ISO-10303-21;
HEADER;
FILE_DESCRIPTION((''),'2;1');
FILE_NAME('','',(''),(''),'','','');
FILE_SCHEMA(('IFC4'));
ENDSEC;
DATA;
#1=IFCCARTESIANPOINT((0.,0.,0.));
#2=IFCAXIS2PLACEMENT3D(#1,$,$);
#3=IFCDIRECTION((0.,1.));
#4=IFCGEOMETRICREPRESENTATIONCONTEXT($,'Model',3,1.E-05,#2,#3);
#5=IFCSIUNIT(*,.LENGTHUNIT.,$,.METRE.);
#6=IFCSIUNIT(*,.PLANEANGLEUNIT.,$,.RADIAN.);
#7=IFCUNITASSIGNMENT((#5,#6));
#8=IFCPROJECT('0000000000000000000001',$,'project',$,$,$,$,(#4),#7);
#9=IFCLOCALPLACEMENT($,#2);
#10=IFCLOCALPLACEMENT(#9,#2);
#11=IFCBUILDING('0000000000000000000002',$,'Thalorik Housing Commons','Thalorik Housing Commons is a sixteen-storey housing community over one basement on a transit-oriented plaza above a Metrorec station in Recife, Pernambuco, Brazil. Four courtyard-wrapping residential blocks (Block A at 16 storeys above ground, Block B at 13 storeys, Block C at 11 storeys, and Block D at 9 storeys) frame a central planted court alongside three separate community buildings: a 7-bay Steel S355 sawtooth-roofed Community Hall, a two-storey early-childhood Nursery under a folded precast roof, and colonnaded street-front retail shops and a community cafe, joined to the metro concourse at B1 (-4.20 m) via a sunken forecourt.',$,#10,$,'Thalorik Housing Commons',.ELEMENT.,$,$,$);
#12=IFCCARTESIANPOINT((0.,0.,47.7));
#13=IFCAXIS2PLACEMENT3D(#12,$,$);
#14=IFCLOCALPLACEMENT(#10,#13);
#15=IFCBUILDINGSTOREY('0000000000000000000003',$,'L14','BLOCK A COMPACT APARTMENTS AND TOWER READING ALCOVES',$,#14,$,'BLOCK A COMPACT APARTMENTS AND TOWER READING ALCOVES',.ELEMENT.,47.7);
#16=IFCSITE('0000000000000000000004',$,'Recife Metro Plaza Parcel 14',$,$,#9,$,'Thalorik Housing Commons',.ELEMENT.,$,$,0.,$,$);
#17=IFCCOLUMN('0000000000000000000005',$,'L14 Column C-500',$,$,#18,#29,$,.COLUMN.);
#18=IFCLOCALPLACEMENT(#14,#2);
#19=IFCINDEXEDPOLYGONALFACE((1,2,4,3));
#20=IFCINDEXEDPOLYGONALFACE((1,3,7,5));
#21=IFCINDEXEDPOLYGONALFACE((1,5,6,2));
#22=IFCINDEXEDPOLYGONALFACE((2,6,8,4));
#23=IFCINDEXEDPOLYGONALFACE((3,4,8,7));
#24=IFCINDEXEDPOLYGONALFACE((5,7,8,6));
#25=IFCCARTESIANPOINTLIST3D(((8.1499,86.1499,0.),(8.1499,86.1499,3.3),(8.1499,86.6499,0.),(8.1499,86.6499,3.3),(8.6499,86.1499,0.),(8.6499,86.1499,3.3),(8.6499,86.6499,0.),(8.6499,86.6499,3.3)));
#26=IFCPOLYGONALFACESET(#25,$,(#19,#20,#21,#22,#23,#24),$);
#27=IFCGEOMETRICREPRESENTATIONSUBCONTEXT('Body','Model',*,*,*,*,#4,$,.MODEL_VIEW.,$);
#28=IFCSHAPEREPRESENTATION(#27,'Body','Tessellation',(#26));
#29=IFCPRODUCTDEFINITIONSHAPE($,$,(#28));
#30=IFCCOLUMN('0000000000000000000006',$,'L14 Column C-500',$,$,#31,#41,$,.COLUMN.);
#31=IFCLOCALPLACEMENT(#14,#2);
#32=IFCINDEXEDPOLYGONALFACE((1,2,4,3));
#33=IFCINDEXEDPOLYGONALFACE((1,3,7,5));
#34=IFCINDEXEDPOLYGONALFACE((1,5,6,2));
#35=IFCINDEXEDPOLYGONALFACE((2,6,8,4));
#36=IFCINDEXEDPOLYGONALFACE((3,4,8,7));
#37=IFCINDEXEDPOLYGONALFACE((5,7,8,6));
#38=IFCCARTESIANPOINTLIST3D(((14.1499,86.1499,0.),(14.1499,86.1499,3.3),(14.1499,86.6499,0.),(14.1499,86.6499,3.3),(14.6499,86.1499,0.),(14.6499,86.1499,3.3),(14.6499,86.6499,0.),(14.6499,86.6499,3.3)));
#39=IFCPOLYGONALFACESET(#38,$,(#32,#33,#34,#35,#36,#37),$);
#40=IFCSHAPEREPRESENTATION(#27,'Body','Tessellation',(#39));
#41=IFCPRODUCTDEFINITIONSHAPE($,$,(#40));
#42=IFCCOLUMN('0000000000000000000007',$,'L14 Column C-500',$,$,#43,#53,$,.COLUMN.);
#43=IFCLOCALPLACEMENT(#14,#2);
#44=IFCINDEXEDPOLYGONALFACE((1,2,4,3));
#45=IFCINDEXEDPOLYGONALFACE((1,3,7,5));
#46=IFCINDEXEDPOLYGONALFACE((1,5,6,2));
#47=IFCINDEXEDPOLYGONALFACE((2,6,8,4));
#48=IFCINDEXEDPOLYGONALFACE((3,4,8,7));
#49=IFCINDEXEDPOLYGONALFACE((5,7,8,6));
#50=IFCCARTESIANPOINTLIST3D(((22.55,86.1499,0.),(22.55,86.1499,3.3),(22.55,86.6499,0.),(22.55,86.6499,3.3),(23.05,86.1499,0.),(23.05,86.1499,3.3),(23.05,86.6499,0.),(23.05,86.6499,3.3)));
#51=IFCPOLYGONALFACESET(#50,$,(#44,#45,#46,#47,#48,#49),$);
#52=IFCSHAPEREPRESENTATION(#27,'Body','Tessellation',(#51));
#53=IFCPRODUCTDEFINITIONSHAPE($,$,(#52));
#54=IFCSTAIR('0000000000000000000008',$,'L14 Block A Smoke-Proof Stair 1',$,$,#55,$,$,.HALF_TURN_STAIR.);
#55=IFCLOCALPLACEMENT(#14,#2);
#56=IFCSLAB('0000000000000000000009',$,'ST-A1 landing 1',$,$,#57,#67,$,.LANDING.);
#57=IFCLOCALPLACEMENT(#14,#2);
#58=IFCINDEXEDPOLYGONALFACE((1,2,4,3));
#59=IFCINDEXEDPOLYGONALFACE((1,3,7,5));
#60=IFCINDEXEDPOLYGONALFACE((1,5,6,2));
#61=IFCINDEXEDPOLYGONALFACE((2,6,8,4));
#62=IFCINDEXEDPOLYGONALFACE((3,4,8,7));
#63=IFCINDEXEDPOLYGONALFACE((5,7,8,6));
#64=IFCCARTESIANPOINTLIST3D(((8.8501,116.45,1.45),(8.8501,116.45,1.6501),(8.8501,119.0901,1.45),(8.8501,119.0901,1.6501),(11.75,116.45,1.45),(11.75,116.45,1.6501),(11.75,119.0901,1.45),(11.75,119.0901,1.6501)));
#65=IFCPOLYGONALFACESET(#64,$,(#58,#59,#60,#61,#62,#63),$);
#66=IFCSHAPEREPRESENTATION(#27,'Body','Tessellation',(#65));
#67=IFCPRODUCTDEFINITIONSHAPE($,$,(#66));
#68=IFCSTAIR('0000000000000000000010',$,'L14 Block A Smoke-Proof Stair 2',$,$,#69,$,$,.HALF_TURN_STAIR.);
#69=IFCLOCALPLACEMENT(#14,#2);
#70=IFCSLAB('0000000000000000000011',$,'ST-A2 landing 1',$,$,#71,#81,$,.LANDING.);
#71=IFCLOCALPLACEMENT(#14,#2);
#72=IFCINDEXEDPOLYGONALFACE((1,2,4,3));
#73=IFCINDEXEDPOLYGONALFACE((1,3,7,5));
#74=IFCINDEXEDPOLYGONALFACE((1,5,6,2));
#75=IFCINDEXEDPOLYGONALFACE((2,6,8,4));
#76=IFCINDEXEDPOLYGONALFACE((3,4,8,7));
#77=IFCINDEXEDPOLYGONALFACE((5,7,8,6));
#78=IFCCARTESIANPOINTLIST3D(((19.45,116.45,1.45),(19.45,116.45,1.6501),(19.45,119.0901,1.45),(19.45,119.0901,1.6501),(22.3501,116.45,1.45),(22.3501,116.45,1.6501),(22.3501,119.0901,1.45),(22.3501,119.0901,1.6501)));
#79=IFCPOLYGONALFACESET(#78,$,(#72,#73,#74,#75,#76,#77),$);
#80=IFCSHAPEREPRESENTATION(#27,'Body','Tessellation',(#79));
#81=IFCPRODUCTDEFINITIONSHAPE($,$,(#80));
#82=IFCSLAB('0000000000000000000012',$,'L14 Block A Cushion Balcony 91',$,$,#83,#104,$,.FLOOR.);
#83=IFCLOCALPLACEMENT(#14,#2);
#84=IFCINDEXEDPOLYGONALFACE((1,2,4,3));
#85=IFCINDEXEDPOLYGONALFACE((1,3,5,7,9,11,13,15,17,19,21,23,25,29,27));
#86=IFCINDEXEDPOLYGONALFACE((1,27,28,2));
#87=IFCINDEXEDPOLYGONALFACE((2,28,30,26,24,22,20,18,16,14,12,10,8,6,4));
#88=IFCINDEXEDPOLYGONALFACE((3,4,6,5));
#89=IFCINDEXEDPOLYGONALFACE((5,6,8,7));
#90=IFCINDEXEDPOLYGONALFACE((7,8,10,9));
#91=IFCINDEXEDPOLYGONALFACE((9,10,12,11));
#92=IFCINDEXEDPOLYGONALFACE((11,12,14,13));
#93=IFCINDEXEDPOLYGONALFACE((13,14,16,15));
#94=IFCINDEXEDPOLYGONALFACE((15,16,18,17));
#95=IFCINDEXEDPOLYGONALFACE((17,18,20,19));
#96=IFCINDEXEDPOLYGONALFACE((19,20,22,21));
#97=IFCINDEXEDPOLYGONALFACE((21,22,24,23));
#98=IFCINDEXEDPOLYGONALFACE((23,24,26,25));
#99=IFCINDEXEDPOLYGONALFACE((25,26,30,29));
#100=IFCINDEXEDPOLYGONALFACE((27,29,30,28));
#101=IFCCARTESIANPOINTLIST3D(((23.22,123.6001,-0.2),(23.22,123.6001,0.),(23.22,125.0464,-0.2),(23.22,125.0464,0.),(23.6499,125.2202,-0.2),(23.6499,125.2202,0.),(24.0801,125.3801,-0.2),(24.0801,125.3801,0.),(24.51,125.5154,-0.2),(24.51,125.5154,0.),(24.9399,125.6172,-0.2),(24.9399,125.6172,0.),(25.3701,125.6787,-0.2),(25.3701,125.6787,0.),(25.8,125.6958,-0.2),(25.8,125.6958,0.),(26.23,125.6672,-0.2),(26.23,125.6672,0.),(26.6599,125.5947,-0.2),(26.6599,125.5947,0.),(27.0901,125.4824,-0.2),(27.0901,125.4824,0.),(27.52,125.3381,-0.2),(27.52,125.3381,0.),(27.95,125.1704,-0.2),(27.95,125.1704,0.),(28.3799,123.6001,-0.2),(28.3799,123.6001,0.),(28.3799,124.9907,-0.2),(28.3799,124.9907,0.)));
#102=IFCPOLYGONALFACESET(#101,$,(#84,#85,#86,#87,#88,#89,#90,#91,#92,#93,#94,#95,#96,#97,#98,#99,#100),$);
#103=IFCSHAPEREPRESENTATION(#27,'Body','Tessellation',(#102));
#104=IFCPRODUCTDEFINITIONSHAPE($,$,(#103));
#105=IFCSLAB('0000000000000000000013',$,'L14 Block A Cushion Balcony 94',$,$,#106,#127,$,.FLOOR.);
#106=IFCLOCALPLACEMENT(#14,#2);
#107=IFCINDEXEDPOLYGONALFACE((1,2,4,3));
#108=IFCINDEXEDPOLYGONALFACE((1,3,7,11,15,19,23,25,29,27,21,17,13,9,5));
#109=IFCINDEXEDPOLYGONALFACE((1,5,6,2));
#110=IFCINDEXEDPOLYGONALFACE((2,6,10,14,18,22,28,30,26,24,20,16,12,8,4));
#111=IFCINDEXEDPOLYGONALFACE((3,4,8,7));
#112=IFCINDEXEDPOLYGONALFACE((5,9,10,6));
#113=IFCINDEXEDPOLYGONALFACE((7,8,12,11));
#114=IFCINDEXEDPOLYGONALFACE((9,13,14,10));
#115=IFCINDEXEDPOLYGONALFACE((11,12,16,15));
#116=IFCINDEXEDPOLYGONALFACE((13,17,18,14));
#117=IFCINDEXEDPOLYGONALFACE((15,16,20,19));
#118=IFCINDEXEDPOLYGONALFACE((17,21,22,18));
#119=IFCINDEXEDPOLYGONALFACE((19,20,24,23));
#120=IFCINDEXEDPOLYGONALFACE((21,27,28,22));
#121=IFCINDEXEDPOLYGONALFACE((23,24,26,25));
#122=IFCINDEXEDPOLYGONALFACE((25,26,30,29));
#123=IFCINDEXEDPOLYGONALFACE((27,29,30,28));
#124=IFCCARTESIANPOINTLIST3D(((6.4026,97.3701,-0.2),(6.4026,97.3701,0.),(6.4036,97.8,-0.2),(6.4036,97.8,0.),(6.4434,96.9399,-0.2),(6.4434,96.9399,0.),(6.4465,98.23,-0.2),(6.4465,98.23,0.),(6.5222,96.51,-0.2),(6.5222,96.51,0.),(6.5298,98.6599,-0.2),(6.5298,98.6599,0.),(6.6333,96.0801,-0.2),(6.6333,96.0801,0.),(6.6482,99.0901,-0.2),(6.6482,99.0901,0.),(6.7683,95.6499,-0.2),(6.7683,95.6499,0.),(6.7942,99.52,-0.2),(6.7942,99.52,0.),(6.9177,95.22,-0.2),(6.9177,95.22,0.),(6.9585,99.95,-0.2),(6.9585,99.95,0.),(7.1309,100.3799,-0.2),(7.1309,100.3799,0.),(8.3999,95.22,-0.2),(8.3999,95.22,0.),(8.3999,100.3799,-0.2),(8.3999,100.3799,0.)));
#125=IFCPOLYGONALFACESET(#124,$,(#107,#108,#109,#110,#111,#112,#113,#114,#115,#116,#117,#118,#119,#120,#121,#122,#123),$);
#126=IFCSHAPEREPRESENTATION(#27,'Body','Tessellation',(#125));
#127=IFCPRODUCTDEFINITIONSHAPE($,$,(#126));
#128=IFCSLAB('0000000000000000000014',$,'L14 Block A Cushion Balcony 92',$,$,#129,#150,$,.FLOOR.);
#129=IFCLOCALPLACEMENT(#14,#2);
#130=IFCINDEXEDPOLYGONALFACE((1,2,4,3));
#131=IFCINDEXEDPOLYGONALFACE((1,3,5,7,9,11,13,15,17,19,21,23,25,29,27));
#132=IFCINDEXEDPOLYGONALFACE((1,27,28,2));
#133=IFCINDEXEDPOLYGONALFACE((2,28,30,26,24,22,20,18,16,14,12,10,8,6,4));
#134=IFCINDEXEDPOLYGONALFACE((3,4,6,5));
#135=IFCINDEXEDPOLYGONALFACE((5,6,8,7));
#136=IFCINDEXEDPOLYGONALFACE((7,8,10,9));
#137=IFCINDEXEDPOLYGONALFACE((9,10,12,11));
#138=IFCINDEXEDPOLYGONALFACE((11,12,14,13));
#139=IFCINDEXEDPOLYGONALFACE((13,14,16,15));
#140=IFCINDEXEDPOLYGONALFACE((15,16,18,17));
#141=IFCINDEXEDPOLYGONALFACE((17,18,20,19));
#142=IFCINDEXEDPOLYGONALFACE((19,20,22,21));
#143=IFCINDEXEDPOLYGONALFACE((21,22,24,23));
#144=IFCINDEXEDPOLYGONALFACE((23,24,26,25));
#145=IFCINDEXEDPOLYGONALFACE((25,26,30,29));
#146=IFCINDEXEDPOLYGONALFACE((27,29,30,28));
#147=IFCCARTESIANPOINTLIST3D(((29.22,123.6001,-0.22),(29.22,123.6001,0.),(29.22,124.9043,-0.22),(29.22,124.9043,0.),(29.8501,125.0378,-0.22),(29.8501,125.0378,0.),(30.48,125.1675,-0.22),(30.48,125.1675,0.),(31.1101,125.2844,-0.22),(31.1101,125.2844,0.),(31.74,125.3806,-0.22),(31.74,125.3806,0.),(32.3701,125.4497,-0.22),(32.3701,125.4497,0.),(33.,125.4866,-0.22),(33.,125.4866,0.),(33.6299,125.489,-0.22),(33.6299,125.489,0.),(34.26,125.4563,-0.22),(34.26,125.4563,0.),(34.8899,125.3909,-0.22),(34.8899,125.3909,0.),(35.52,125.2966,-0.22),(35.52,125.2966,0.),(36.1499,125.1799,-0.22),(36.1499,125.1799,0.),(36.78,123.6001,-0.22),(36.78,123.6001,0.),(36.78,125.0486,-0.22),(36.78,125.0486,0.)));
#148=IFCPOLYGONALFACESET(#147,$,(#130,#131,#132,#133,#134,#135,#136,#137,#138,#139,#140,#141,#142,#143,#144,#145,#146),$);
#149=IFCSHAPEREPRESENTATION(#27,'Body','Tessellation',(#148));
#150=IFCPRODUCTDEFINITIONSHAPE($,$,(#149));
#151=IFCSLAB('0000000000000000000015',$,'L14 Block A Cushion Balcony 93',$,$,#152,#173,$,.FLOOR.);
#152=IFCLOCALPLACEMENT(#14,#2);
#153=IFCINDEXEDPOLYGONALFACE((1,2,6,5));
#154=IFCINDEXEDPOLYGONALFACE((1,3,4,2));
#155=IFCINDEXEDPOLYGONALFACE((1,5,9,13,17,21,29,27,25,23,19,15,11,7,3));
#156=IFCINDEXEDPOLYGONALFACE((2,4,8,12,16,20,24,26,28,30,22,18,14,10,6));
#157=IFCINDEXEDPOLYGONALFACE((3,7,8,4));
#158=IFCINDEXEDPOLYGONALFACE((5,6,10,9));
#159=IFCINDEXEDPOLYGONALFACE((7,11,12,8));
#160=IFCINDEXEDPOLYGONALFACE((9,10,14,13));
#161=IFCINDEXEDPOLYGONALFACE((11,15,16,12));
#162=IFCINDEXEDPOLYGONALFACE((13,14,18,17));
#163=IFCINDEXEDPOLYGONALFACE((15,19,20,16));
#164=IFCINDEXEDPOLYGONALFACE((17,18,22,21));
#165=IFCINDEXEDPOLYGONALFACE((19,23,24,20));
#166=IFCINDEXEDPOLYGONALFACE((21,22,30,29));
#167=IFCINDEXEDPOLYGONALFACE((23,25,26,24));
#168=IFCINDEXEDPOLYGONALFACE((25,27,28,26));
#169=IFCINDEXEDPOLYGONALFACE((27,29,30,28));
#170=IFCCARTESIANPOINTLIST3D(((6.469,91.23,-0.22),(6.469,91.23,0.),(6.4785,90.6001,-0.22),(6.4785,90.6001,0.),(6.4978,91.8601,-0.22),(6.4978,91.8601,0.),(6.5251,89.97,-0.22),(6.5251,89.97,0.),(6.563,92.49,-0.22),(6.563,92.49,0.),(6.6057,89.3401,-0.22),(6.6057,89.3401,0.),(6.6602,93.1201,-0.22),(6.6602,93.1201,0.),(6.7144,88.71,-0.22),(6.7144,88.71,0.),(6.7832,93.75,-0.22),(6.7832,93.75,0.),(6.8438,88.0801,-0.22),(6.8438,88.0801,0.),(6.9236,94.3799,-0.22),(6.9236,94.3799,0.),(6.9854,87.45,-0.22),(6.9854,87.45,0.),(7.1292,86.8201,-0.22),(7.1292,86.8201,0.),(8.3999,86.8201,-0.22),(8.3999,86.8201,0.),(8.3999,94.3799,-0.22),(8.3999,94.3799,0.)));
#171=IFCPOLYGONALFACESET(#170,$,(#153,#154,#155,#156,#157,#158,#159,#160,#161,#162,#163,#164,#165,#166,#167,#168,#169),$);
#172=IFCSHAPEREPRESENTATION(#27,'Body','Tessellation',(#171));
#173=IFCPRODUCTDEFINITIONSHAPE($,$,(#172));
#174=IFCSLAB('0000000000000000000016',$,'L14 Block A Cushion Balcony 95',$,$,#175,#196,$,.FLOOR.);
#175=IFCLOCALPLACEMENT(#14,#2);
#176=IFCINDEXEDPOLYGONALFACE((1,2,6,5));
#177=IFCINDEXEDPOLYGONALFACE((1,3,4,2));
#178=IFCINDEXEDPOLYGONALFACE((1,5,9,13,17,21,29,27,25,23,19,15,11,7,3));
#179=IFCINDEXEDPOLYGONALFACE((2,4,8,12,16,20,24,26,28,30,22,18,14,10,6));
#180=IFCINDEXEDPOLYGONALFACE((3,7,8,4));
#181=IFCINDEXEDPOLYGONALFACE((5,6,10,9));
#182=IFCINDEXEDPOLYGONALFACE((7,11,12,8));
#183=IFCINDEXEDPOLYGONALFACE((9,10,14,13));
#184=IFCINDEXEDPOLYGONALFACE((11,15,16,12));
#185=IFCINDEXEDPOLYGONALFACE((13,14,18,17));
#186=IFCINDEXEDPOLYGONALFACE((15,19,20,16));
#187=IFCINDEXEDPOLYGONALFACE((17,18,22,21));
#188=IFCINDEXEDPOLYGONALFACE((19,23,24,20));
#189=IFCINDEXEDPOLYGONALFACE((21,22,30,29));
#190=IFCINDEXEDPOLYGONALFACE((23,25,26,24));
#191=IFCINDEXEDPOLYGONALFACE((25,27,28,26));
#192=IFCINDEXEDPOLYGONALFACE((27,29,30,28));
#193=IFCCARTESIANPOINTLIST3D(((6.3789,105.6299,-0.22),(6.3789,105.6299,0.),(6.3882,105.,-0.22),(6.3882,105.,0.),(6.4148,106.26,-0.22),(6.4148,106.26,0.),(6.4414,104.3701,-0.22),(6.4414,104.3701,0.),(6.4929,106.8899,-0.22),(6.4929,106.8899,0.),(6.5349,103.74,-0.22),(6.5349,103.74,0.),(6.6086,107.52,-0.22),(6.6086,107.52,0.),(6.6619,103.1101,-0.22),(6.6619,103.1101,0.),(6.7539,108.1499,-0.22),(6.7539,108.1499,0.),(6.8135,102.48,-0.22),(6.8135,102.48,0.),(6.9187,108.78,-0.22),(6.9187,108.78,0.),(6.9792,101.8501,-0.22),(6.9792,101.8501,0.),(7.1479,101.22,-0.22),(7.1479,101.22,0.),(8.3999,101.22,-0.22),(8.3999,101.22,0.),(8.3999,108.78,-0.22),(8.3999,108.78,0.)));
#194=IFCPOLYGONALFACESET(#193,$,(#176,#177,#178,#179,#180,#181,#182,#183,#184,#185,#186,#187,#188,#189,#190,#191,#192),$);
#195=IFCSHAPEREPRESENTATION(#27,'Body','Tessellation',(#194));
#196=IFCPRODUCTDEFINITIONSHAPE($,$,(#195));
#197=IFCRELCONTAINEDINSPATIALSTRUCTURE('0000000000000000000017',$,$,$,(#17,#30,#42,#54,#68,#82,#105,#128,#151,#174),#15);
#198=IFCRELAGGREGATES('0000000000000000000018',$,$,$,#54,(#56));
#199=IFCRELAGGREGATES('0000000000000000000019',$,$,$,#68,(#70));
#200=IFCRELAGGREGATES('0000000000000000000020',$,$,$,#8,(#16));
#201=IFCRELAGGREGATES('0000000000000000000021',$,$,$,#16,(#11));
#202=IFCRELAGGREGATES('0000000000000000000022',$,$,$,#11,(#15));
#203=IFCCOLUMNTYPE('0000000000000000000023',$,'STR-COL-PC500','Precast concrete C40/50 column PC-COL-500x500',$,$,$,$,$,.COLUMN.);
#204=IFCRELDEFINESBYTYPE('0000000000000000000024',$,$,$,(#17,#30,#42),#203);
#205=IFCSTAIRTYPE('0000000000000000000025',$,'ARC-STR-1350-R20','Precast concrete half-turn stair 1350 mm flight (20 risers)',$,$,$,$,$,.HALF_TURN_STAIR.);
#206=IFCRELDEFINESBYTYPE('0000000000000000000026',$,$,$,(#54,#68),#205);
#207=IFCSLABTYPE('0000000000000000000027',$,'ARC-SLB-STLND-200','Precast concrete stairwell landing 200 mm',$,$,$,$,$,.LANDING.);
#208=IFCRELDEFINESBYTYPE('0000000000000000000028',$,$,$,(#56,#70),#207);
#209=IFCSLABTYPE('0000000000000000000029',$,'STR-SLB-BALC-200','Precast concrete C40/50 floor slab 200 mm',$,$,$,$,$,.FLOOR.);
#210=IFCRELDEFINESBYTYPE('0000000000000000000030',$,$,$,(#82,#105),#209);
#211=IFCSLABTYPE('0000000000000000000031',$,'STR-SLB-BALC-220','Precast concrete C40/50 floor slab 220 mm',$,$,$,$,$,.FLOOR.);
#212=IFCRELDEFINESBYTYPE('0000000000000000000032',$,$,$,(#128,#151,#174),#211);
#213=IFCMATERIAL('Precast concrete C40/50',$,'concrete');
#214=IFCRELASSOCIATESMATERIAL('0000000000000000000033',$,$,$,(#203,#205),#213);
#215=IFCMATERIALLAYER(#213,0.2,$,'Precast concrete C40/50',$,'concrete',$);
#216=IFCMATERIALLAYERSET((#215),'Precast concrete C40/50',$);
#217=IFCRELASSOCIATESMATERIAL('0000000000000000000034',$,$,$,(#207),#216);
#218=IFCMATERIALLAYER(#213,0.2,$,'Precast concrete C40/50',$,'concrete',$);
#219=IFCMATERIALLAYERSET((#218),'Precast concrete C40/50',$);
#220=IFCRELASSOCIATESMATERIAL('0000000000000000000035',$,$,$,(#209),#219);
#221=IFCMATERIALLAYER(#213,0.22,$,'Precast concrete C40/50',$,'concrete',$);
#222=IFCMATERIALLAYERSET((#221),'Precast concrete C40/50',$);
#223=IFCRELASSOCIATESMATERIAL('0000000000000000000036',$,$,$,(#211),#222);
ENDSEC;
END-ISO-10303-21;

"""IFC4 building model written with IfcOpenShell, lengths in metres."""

from ifc_helpers import new_model, si_unit, direction, frame, origin, origin_2d, place, context, subcontext, project, spatial, polyline, rectangle, outline, extrude, material, layer, layer_set, material_profile, profile_set, type_object, element, aggregate, save


model = new_model("IFC4")

# Units and contexts
model_context = context("Model", 3, precision=1e-05, world=origin(), true_north=direction((0.0, 1.0)))
body_context = subcontext(model_context, "Body", "Model", "MODEL_VIEW")
ifc_project = project(units=[si_unit("LENGTHUNIT", "METRE"), si_unit("PLANEANGLEUNIT", "RADIAN")], contexts=[model_context])

# Site, building, storey
site_placement = place(None, origin())
site = spatial("IfcSite", under=ifc_project, at=site_placement, Name="Recife Metro Plaza Parcel 14", LongName="Thalorik Housing Commons", CompositionType="ELEMENT", RefElevation=0.0)
building_placement = place(site_placement, origin())
building = spatial("IfcBuilding", under=site, at=building_placement, Name="Thalorik Housing Commons", Description="Thalorik Housing Commons is a sixteen-storey housing community over one basement on a transit-oriented plaza above a Metrorec station in Recife, Pernambuco, Brazil. Four courtyard-wrapping residential blocks (Block A at 16 storeys above ground, Block B at 13 storeys, Block C at 11 storeys, and Block D at 9 storeys) frame a central planted court alongside three separate community buildings: a 7-bay Steel S355 sawtooth-roofed Community Hall, a two-storey early-childhood Nursery under a folded precast roof, and colonnaded street-front retail shops and a community cafe, joined to the metro concourse at B1 (-4.20 m) via a sunken forecourt.", LongName="Thalorik Housing Commons", CompositionType="ELEMENT")
storey_placement = place(building_placement, frame((0.0, 0.0, 47.7)))
storey = spatial("IfcBuildingStorey", under=building, at=storey_placement, Name="L14", Description="BLOCK A COMPACT APARTMENTS AND TOWER READING ALCOVES", LongName="BLOCK A COMPACT APARTMENTS AND TOWER READING ALCOVES", CompositionType="ELEMENT", Elevation=47.7)

# Columns
ifc_material_1 = material(Name="Precast concrete C40/50", Category="concrete")
ifc_material_profile = material_profile(ifc_material_1, rectangle(XDim=0.5, YDim=0.5, at=origin_2d()), Name="PC 500x500", Category="concrete")
ifc_profile_set = profile_set([ifc_material_profile], Name="Precast concrete C40/50")
column_type = type_object("IfcColumnType", Name="STR-COL-PC500", Description="Precast concrete C40/50 column PC-COL-500x500", PredefinedType="COLUMN", material=ifc_profile_set)
for number, where, z_axis, x_axis, name in (
    (1, (8.3999, 86.3999, 0.0), (0.0, 0.0, 1.0), (1.0, 0.0, 0.0), "L14 Column C-500"),
    (2, (14.3999, 86.3999, 0.0), (0.0, 0.0, 1.0), (1.0, 0.0, 0.0), "L14 Column C-500"),
    (3, (22.8, 86.3999, 0.0), (0.0, 0.0, 1.0), (1.0, 0.0, 0.0), "L14 Column C-500"),
):
    element("IfcColumn", number, at=place(storey_placement, frame(where, z_axis=z_axis, x_axis=x_axis)), inside=storey, type_object=column_type, Name=name, PredefinedType="COLUMN", context=body_context, shape_type="SweptSolid", body=[
        extrude(rectangle(XDim=0.5, YDim=0.5, at=origin_2d()), origin(), (0.0, 0.0, 1.0), 3.3),
    ])

# Stairs, slabs
stair_type = type_object("IfcStairType", Name="ARC-STR-1350-R20", Description="Precast concrete half-turn stair 1350 mm flight (20 risers)", PredefinedType="HALF_TURN_STAIR", material=ifc_material_1)
stair_1_placement = place(storey_placement, origin())
stair_1 = element("IfcStair", 4, at=stair_1_placement, inside=storey, type_object=stair_type, Name="L14 Block A Smoke-Proof Stair 1", PredefinedType="HALF_TURN_STAIR")
ifc_layer_1 = layer(ifc_material_1, 0.2, Name="Precast concrete C40/50", Category="concrete")
ifc_layer_set_1 = layer_set([ifc_layer_1], Name="Precast concrete C40/50")
slab_type_1 = type_object("IfcSlabType", Name="ARC-SLB-STLND-200", Description="Precast concrete stairwell landing 200 mm", PredefinedType="LANDING", material=ifc_layer_set_1)
slab_1_placement = place(storey_placement, frame((0.0, 0.0, 1.45)))
slab_1 = element("IfcSlab", 5, at=slab_1_placement, type_object=slab_type_1, Name="ST-A1 landing 1", PredefinedType="LANDING", context=body_context, shape_type="SweptSolid", body=[
    extrude(outline(polyline([(8.8501, 119.0901), (8.8501, 116.45), (11.75, 116.45), (11.75, 119.0901), (8.8501, 119.0901)])), origin(), (0.0, 0.0, 1.0), 0.2002),
])
aggregate(stair_1, [slab_1])
stair_2_placement = place(storey_placement, origin())
stair_2 = element("IfcStair", 6, at=stair_2_placement, inside=storey, type_object=stair_type, Name="L14 Block A Smoke-Proof Stair 2", PredefinedType="HALF_TURN_STAIR")
slab_2_placement = place(storey_placement, frame((0.0, 0.0, 1.45)))
slab_2 = element("IfcSlab", 7, at=slab_2_placement, type_object=slab_type_1, Name="ST-A2 landing 1", PredefinedType="LANDING", context=body_context, shape_type="SweptSolid", body=[
    extrude(outline(polyline([(19.45, 119.0901), (19.45, 116.45), (22.3501, 116.45), (22.3501, 119.0901), (19.45, 119.0901)])), origin(), (0.0, 0.0, 1.0), 0.2002),
])
aggregate(stair_2, [slab_2])

# Slabs
ifc_layer_2 = layer(ifc_material_1, 0.2, Name="Precast concrete C40/50", Category="concrete")
ifc_layer_set_2 = layer_set([ifc_layer_2], Name="Precast concrete C40/50")
slab_type_2 = type_object("IfcSlabType", Name="STR-SLB-BALC-200", Description="Precast concrete C40/50 floor slab 200 mm", PredefinedType="FLOOR", material=ifc_layer_set_2)
slab_3_placement = place(storey_placement, frame((0.0, 0.0, -0.2)))
element("IfcSlab", 8, at=slab_3_placement, inside=storey, type_object=slab_type_2, Name="L14 Block A Cushion Balcony 91", PredefinedType="FLOOR", context=body_context, shape_type="SweptSolid", body=[
    extrude(outline(polyline([(23.22, 123.6001), (28.3799, 123.6001), (28.3799, 124.9907), (27.95, 125.1704), (27.52, 125.3381), (27.0901, 125.4824), (26.6599, 125.5947), (26.23, 125.6672), (25.8, 125.6958), (25.3701, 125.6787), (24.9399, 125.6172), (24.51, 125.5154), (24.0801, 125.3801), (23.6499, 125.2202), (23.22, 125.0464), (23.22, 123.6001)])), origin(), (0.0, 0.0, 1.0), 0.2),
])
slab_4_placement = place(storey_placement, frame((0.0, 0.0, -0.2)))
element("IfcSlab", 9, at=slab_4_placement, inside=storey, type_object=slab_type_2, Name="L14 Block A Cushion Balcony 94", PredefinedType="FLOOR", context=body_context, shape_type="SweptSolid", body=[
    extrude(outline(polyline([(8.3999, 95.22), (8.3999, 100.3799), (7.1309, 100.3799), (6.9585, 99.95), (6.7942, 99.52), (6.6482, 99.0901), (6.5298, 98.6599), (6.4465, 98.23), (6.4036, 97.8), (6.4026, 97.3701), (6.4434, 96.9399), (6.5222, 96.51), (6.6333, 96.0801), (6.7683, 95.6499), (6.9177, 95.22), (8.3999, 95.22)])), origin(), (0.0, 0.0, 1.0), 0.2),
])
ifc_layer_3 = layer(ifc_material_1, 0.22, Name="Precast concrete C40/50", Category="concrete")
ifc_layer_set_3 = layer_set([ifc_layer_3], Name="Precast concrete C40/50")
slab_type_3 = type_object("IfcSlabType", Name="STR-SLB-BALC-220", Description="Precast concrete C40/50 floor slab 220 mm", PredefinedType="FLOOR", material=ifc_layer_set_3)
slab_5_placement = place(storey_placement, frame((0.0, 0.0, -0.22)))
element("IfcSlab", 10, at=slab_5_placement, inside=storey, type_object=slab_type_3, Name="L14 Block A Cushion Balcony 92", PredefinedType="FLOOR", context=body_context, shape_type="SweptSolid", body=[
    extrude(outline(polyline([(29.22, 123.6001), (36.78, 123.6001), (36.78, 125.0486), (36.1499, 125.1799), (35.52, 125.2966), (34.8899, 125.3909), (34.26, 125.4563), (33.6299, 125.489), (33.0, 125.4866), (32.3701, 125.4497), (31.74, 125.3806), (31.1101, 125.2844), (30.48, 125.1675), (29.8501, 125.0378), (29.22, 124.9043), (29.22, 123.6001)])), origin(), (0.0, 0.0, 1.0), 0.22),
])
slab_6_placement = place(storey_placement, frame((0.0, 0.0, -0.22)))
element("IfcSlab", 11, at=slab_6_placement, inside=storey, type_object=slab_type_3, Name="L14 Block A Cushion Balcony 93", PredefinedType="FLOOR", context=body_context, shape_type="SweptSolid", body=[
    extrude(outline(polyline([(8.3999, 86.8201), (8.3999, 94.3799), (6.9236, 94.3799), (6.7832, 93.75), (6.6602, 93.1201), (6.563, 92.49), (6.4978, 91.8601), (6.469, 91.23), (6.4785, 90.6001), (6.5251, 89.97), (6.6057, 89.3401), (6.7144, 88.71), (6.8438, 88.0801), (6.9854, 87.45), (7.1292, 86.8201), (8.3999, 86.8201)])), origin(), (0.0, 0.0, 1.0), 0.22),
])
slab_7_placement = place(storey_placement, frame((0.0, 0.0, -0.22)))
element("IfcSlab", 12, at=slab_7_placement, inside=storey, type_object=slab_type_3, Name="L14 Block A Cushion Balcony 95", PredefinedType="FLOOR", context=body_context, shape_type="SweptSolid", body=[
    extrude(outline(polyline([(8.3999, 101.22), (8.3999, 108.78), (6.9187, 108.78), (6.7539, 108.1499), (6.6086, 107.52), (6.4929, 106.8899), (6.4148, 106.26), (6.3789, 105.6299), (6.3882, 105.0), (6.4414, 104.3701), (6.5349, 103.74), (6.6619, 103.1101), (6.8135, 102.48), (6.9792, 101.8501), (7.1479, 101.22), (8.3999, 101.22)])), origin(), (0.0, 0.0, 1.0), 0.22),
])

save(model, "model.ifc")
